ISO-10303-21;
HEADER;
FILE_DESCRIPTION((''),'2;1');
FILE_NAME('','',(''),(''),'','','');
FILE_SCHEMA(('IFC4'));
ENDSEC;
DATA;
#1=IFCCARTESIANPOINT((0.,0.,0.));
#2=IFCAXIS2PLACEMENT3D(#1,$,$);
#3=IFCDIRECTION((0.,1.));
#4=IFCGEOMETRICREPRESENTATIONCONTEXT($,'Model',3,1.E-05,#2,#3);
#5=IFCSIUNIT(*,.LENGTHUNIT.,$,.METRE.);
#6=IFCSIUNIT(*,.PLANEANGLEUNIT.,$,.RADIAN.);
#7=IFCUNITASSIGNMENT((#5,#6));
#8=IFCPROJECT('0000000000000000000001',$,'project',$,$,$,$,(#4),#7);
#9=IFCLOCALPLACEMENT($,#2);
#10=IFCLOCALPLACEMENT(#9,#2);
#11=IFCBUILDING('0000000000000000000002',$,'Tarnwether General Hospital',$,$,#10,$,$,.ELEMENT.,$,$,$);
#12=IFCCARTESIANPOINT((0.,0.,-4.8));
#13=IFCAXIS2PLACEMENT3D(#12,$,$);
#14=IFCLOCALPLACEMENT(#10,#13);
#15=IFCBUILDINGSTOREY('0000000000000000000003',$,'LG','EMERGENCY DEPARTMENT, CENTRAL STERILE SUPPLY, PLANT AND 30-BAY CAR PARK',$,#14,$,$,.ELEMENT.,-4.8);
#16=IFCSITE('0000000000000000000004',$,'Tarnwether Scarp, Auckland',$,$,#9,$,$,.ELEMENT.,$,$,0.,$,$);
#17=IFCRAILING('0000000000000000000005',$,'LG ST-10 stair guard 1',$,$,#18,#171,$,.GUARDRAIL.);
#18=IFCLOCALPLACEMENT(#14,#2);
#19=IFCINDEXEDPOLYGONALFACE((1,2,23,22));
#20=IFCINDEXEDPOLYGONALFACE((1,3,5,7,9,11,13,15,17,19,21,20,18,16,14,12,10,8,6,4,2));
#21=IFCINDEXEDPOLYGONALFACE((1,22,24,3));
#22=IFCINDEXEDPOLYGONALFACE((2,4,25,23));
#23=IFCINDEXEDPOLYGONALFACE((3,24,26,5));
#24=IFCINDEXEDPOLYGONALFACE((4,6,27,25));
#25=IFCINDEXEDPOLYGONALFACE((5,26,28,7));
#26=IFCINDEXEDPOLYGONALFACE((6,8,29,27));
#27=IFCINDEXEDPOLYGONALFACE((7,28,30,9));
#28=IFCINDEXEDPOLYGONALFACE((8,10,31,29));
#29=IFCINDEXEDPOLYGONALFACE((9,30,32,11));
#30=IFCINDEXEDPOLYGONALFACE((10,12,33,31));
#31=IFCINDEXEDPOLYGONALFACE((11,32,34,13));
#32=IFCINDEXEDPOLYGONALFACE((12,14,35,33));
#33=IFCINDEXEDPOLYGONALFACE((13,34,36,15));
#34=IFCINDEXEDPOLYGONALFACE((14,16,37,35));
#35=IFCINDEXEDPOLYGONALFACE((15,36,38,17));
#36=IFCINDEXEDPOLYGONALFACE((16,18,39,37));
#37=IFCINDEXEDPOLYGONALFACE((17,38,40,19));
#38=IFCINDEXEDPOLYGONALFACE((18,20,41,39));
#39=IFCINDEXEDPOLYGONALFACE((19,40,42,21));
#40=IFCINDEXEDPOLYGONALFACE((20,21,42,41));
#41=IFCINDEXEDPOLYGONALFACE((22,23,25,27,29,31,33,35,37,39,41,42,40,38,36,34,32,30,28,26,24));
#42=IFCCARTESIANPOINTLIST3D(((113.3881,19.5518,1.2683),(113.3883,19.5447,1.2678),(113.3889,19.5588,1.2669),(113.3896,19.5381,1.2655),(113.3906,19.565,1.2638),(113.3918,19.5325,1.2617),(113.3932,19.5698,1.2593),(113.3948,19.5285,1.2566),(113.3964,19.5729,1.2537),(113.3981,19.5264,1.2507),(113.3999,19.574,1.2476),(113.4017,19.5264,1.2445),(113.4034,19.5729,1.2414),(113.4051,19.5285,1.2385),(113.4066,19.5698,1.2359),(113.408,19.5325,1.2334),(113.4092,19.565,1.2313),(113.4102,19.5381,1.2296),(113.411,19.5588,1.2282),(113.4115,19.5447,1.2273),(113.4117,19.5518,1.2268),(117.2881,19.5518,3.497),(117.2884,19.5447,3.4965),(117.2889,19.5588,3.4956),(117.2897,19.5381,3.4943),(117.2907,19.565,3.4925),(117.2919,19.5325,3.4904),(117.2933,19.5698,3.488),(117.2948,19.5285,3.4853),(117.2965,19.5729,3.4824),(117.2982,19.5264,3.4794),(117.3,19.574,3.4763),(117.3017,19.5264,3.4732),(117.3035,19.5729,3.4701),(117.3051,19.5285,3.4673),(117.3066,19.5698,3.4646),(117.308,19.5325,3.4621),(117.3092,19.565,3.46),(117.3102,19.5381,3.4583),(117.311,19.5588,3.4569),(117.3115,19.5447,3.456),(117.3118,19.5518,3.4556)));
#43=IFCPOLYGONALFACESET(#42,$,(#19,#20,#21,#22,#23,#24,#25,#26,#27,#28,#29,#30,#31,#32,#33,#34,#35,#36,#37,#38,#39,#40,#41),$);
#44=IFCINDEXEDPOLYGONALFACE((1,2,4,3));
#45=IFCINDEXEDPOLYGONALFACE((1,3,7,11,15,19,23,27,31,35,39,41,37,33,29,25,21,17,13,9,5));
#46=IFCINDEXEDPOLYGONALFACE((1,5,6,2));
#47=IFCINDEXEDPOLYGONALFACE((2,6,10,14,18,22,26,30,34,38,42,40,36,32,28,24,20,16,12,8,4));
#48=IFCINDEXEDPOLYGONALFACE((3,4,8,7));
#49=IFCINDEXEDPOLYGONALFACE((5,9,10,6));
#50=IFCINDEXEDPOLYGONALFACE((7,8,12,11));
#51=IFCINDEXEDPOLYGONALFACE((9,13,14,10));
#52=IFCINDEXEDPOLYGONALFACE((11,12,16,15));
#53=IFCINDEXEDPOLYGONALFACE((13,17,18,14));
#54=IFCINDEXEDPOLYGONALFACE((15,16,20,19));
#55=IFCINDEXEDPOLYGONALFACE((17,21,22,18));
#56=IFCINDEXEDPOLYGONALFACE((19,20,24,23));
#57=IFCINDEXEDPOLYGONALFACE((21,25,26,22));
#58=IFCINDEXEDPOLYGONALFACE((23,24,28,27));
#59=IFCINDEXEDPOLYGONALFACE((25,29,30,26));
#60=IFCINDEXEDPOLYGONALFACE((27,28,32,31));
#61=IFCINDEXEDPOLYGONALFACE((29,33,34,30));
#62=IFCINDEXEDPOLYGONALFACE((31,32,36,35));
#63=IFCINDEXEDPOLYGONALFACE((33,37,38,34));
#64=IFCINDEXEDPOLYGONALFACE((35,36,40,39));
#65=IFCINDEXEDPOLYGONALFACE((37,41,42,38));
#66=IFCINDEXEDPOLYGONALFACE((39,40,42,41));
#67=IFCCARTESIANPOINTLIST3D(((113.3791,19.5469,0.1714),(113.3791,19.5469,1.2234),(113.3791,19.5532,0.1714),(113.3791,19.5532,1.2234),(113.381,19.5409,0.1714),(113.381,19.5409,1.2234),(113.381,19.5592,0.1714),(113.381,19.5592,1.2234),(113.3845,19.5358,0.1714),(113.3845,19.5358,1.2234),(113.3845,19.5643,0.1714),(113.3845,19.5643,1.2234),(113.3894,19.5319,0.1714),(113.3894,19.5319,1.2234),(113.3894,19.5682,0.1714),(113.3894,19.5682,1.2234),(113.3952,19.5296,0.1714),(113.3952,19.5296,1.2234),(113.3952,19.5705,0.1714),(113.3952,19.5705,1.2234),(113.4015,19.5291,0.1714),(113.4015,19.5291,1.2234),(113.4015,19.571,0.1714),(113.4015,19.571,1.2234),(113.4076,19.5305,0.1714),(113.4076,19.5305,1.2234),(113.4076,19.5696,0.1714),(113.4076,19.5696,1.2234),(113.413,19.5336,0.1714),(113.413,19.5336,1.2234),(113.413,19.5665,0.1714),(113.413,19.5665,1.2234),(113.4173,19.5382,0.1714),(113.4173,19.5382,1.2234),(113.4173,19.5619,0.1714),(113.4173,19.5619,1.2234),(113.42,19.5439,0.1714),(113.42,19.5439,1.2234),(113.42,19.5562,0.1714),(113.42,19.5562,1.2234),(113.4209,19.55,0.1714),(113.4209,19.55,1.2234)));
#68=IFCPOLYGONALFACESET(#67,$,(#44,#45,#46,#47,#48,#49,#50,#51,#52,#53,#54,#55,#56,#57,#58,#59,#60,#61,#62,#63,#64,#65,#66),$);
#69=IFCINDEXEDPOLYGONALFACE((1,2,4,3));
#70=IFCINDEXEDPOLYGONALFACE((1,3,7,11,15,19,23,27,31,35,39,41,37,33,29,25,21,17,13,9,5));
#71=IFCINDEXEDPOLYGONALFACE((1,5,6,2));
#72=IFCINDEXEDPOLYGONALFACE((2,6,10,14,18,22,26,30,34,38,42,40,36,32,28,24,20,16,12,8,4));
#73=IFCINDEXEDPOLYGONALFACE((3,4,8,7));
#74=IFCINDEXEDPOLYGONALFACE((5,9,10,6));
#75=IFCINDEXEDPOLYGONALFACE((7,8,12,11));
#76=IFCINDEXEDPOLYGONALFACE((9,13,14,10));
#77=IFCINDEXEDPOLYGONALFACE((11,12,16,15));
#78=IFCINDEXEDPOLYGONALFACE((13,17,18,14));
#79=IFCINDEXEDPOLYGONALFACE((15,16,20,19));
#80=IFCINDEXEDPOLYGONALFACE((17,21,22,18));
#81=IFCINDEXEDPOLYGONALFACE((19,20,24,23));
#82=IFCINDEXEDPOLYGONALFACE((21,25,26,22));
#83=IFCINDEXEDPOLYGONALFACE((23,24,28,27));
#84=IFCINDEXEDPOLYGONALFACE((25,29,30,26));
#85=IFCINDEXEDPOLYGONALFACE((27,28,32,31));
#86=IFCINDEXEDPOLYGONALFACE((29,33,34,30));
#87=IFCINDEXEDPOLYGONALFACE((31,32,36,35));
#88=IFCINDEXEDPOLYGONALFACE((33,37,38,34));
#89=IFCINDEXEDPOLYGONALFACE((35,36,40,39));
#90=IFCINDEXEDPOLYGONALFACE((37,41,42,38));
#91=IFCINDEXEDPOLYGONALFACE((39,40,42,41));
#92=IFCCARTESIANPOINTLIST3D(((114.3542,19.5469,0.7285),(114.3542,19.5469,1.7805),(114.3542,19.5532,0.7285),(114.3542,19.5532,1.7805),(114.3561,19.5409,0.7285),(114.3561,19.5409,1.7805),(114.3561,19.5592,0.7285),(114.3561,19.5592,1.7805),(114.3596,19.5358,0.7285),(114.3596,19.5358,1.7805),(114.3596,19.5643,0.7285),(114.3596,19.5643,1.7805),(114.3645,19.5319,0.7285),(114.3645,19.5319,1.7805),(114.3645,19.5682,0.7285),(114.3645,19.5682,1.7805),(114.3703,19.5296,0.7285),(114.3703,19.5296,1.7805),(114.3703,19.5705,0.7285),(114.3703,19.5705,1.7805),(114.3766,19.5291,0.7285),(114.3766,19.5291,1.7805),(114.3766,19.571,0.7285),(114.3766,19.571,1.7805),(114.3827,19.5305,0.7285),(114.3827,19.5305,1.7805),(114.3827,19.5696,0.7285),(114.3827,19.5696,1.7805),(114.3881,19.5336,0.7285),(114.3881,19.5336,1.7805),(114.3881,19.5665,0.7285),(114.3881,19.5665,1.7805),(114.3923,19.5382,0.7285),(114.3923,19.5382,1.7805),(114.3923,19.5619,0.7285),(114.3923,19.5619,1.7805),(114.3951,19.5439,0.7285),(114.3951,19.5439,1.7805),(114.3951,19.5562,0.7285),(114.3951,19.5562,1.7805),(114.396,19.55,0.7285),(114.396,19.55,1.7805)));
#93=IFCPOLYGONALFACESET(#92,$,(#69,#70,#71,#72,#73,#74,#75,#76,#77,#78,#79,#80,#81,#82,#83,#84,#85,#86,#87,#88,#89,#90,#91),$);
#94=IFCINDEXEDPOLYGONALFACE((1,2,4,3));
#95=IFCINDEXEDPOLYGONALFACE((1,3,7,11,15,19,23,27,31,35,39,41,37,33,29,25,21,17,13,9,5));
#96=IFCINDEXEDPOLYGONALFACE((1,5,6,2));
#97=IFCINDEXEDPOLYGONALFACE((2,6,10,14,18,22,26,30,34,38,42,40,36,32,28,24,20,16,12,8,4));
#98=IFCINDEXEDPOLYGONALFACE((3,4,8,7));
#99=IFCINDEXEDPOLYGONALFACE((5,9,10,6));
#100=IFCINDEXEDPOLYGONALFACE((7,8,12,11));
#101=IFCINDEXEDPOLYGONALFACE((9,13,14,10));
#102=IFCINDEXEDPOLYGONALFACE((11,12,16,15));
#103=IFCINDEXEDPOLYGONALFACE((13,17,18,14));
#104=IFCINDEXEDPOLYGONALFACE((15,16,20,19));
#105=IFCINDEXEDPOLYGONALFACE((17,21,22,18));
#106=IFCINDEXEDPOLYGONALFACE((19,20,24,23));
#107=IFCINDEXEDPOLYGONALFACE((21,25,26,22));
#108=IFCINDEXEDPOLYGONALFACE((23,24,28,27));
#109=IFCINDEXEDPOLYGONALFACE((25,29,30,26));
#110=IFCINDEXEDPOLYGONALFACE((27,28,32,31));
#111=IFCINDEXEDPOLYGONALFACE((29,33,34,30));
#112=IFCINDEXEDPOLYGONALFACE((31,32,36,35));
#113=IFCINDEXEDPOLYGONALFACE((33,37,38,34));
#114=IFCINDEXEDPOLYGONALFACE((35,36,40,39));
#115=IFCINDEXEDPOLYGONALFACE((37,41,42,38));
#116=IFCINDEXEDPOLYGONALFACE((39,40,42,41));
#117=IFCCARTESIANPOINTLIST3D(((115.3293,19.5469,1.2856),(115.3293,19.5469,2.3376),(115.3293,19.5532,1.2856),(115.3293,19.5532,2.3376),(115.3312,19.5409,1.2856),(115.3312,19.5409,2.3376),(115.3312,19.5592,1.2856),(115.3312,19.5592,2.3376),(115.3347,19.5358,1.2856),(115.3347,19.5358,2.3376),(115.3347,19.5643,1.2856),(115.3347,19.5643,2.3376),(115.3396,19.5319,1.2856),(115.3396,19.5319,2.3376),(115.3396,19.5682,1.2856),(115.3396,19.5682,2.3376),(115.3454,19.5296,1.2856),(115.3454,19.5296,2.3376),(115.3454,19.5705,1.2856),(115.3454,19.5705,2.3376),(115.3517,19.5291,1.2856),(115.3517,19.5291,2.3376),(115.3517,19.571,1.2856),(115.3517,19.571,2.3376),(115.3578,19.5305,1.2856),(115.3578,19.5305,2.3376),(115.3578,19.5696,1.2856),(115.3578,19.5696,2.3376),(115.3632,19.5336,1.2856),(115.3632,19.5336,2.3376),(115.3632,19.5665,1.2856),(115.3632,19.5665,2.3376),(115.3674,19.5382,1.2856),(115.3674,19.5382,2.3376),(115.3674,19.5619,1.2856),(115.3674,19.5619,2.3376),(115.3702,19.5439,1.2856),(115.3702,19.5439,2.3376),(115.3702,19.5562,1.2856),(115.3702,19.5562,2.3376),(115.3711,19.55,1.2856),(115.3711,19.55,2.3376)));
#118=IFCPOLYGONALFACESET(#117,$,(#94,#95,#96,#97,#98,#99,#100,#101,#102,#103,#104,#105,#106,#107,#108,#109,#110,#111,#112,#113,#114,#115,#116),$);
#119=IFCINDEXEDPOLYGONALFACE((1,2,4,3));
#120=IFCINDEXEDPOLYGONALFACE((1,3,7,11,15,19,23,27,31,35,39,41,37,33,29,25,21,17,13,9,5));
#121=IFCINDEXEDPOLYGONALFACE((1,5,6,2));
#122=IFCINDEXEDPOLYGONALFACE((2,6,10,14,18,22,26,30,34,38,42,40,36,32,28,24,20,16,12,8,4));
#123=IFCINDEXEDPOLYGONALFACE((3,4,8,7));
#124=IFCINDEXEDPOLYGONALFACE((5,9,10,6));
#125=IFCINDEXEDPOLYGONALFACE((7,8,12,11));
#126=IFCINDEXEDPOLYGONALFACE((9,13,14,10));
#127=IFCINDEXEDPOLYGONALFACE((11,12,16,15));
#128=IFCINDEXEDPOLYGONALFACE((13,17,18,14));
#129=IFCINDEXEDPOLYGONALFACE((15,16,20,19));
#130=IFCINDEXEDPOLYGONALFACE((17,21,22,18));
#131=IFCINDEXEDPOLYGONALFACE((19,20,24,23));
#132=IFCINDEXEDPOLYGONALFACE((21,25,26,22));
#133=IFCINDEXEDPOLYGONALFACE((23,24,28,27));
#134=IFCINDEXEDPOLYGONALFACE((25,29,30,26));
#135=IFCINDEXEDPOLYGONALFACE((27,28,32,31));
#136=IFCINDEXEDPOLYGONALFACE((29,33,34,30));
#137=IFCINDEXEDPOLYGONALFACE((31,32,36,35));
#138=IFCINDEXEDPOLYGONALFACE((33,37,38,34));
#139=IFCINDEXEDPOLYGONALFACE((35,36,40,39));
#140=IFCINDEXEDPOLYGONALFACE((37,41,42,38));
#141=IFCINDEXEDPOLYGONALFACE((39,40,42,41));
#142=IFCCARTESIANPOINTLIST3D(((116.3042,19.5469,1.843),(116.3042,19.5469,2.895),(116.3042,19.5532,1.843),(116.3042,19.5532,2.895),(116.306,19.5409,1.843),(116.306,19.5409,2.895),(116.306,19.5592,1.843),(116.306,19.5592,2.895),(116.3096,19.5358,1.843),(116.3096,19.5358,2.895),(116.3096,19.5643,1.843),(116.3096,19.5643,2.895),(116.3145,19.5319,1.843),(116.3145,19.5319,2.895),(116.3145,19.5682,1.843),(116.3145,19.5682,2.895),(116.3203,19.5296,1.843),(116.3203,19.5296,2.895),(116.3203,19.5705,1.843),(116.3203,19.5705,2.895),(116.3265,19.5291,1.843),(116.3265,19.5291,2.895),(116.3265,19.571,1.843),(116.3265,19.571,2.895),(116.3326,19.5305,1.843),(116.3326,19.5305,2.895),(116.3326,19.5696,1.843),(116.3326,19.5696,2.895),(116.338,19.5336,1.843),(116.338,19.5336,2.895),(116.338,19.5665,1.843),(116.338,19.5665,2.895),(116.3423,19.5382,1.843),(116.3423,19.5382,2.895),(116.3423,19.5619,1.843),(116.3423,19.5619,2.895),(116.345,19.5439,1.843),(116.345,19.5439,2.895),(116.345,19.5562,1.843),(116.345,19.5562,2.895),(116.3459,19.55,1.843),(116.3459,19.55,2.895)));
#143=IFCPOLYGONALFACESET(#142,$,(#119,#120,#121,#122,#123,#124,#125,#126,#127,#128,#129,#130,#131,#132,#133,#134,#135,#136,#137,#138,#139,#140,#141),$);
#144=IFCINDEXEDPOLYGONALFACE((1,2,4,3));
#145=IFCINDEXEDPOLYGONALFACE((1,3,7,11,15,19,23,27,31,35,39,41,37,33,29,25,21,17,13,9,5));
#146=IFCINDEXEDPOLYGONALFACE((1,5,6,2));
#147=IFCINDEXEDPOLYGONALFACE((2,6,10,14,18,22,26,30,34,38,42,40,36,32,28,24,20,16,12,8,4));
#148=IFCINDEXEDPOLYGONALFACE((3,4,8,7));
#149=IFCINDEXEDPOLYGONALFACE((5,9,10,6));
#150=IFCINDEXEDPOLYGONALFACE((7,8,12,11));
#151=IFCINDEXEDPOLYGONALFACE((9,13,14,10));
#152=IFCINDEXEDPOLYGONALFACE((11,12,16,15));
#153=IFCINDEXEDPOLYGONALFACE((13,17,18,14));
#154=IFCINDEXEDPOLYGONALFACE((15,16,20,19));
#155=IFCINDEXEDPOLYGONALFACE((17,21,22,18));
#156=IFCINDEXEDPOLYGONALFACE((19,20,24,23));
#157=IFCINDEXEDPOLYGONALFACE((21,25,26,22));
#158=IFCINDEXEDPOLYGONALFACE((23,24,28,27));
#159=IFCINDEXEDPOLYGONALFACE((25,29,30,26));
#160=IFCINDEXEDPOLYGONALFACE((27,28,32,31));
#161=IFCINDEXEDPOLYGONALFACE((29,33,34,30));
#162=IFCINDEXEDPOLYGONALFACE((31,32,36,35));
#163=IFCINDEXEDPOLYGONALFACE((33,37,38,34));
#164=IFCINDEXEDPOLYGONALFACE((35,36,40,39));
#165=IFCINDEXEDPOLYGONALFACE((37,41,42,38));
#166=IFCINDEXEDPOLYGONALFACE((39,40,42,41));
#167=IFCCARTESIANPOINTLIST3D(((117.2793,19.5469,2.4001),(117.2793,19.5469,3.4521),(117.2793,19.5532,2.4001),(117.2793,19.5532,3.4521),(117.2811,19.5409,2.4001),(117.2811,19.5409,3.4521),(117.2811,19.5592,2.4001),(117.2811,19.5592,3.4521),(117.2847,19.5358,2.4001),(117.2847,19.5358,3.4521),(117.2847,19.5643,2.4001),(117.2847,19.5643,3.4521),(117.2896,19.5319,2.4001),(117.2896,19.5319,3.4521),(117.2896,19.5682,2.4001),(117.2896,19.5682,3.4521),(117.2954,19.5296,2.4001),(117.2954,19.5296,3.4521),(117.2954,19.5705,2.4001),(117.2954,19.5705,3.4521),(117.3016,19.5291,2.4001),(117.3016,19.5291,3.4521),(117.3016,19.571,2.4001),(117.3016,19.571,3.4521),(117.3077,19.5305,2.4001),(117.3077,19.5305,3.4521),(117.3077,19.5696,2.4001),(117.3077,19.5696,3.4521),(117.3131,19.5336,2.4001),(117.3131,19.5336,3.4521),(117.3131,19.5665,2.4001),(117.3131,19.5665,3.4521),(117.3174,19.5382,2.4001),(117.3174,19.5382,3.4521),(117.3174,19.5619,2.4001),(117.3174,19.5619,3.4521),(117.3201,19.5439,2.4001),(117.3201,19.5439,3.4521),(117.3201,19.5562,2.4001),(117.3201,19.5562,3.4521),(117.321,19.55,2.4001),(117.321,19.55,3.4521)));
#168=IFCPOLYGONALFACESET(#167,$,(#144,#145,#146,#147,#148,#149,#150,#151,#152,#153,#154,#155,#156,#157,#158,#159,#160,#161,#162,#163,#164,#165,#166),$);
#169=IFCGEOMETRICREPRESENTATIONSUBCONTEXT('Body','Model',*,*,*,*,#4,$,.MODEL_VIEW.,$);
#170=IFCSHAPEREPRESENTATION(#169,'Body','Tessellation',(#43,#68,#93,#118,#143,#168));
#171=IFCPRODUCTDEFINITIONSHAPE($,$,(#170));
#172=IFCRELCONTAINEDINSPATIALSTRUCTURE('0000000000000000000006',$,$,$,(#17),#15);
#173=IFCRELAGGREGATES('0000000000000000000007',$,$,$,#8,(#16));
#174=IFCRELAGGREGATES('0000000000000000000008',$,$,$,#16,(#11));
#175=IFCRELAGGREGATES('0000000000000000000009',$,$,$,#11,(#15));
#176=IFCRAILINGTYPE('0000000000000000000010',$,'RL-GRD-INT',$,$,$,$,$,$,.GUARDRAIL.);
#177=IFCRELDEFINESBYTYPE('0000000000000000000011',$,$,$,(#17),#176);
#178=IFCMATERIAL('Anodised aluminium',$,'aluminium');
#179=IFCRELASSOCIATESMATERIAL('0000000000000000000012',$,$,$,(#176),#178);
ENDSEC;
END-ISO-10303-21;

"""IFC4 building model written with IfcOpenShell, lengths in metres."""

from ifc_helpers import new_model, si_unit, direction, frame, origin, origin_2d, place, context, subcontext, project, spatial, circle, extrude, material, type_object, element, save


model = new_model("IFC4")

# Units and contexts
model_context = context("Model", 3, precision=1e-05, world=origin(), true_north=direction((0.0, 1.0)))
body_context = subcontext(model_context, "Body", "Model", "MODEL_VIEW")
ifc_project = project(units=[si_unit("LENGTHUNIT", "METRE"), si_unit("PLANEANGLEUNIT", "RADIAN")], contexts=[model_context])

# Site, building, storey
site_placement = place(None, origin())
site = spatial("IfcSite", under=ifc_project, at=site_placement, Name="Tarnwether Scarp, Auckland", CompositionType="ELEMENT", RefElevation=0.0)
building_placement = place(site_placement, origin())
building = spatial("IfcBuilding", under=site, at=building_placement, Name="Tarnwether General Hospital", CompositionType="ELEMENT")
storey_placement = place(building_placement, frame((0.0, 0.0, -4.8)))
storey = spatial("IfcBuildingStorey", under=building, at=storey_placement, Name="LG", Description="EMERGENCY DEPARTMENT, CENTRAL STERILE SUPPLY, PLANT AND 30-BAY CAR PARK", CompositionType="ELEMENT", Elevation=-4.8)

# Railing
ifc_material_1 = material(Name="Anodised aluminium", Category="aluminium")
railing_type_1 = type_object("IfcRailingType", Name="RL-GRD-INT", PredefinedType="GUARDRAIL", material=ifc_material_1)
railing_1_placement = place(storey_placement, frame((113.3999, 19.55, 0.1714)))
element("IfcRailing", 1, at=railing_1_placement, inside=storey, type_object=railing_type_1, Name="LG ST-10 stair guard 1", PredefinedType="GUARDRAIL", context=body_context, shape_type="SweptSolid", body=[
    extrude(circle(Radius=0.0239, at=origin_2d()), frame((0.0, 0.0, 1.0762), z_axis=(0.868233, 0.0, 0.496156), x_axis=(0.0, 1.0, 0.0)), (0.0, 0.0, 1.0), 4.4919),
    extrude(circle(Radius=0.021, at=origin_2d()), origin(), (0.0, 0.0, 1.0), 1.052),
    extrude(circle(Radius=0.021, at=origin_2d()), frame((0.9751, 0.0, 0.5571)), (0.0, 0.0, 1.0), 1.052),
    extrude(circle(Radius=0.021, at=origin_2d()), frame((1.9502, 0.0, 1.1143)), (0.0, 0.0, 1.0), 1.052),
    extrude(circle(Radius=0.021, at=origin_2d()), frame((2.925, 0.0, 1.6716)), (0.0, 0.0, 1.0), 1.052),
    extrude(circle(Radius=0.021, at=origin_2d()), frame((3.9001, 0.0, 2.2288)), (0.0, 0.0, 1.0), 1.052),
])

save(model, "model.ifc")
